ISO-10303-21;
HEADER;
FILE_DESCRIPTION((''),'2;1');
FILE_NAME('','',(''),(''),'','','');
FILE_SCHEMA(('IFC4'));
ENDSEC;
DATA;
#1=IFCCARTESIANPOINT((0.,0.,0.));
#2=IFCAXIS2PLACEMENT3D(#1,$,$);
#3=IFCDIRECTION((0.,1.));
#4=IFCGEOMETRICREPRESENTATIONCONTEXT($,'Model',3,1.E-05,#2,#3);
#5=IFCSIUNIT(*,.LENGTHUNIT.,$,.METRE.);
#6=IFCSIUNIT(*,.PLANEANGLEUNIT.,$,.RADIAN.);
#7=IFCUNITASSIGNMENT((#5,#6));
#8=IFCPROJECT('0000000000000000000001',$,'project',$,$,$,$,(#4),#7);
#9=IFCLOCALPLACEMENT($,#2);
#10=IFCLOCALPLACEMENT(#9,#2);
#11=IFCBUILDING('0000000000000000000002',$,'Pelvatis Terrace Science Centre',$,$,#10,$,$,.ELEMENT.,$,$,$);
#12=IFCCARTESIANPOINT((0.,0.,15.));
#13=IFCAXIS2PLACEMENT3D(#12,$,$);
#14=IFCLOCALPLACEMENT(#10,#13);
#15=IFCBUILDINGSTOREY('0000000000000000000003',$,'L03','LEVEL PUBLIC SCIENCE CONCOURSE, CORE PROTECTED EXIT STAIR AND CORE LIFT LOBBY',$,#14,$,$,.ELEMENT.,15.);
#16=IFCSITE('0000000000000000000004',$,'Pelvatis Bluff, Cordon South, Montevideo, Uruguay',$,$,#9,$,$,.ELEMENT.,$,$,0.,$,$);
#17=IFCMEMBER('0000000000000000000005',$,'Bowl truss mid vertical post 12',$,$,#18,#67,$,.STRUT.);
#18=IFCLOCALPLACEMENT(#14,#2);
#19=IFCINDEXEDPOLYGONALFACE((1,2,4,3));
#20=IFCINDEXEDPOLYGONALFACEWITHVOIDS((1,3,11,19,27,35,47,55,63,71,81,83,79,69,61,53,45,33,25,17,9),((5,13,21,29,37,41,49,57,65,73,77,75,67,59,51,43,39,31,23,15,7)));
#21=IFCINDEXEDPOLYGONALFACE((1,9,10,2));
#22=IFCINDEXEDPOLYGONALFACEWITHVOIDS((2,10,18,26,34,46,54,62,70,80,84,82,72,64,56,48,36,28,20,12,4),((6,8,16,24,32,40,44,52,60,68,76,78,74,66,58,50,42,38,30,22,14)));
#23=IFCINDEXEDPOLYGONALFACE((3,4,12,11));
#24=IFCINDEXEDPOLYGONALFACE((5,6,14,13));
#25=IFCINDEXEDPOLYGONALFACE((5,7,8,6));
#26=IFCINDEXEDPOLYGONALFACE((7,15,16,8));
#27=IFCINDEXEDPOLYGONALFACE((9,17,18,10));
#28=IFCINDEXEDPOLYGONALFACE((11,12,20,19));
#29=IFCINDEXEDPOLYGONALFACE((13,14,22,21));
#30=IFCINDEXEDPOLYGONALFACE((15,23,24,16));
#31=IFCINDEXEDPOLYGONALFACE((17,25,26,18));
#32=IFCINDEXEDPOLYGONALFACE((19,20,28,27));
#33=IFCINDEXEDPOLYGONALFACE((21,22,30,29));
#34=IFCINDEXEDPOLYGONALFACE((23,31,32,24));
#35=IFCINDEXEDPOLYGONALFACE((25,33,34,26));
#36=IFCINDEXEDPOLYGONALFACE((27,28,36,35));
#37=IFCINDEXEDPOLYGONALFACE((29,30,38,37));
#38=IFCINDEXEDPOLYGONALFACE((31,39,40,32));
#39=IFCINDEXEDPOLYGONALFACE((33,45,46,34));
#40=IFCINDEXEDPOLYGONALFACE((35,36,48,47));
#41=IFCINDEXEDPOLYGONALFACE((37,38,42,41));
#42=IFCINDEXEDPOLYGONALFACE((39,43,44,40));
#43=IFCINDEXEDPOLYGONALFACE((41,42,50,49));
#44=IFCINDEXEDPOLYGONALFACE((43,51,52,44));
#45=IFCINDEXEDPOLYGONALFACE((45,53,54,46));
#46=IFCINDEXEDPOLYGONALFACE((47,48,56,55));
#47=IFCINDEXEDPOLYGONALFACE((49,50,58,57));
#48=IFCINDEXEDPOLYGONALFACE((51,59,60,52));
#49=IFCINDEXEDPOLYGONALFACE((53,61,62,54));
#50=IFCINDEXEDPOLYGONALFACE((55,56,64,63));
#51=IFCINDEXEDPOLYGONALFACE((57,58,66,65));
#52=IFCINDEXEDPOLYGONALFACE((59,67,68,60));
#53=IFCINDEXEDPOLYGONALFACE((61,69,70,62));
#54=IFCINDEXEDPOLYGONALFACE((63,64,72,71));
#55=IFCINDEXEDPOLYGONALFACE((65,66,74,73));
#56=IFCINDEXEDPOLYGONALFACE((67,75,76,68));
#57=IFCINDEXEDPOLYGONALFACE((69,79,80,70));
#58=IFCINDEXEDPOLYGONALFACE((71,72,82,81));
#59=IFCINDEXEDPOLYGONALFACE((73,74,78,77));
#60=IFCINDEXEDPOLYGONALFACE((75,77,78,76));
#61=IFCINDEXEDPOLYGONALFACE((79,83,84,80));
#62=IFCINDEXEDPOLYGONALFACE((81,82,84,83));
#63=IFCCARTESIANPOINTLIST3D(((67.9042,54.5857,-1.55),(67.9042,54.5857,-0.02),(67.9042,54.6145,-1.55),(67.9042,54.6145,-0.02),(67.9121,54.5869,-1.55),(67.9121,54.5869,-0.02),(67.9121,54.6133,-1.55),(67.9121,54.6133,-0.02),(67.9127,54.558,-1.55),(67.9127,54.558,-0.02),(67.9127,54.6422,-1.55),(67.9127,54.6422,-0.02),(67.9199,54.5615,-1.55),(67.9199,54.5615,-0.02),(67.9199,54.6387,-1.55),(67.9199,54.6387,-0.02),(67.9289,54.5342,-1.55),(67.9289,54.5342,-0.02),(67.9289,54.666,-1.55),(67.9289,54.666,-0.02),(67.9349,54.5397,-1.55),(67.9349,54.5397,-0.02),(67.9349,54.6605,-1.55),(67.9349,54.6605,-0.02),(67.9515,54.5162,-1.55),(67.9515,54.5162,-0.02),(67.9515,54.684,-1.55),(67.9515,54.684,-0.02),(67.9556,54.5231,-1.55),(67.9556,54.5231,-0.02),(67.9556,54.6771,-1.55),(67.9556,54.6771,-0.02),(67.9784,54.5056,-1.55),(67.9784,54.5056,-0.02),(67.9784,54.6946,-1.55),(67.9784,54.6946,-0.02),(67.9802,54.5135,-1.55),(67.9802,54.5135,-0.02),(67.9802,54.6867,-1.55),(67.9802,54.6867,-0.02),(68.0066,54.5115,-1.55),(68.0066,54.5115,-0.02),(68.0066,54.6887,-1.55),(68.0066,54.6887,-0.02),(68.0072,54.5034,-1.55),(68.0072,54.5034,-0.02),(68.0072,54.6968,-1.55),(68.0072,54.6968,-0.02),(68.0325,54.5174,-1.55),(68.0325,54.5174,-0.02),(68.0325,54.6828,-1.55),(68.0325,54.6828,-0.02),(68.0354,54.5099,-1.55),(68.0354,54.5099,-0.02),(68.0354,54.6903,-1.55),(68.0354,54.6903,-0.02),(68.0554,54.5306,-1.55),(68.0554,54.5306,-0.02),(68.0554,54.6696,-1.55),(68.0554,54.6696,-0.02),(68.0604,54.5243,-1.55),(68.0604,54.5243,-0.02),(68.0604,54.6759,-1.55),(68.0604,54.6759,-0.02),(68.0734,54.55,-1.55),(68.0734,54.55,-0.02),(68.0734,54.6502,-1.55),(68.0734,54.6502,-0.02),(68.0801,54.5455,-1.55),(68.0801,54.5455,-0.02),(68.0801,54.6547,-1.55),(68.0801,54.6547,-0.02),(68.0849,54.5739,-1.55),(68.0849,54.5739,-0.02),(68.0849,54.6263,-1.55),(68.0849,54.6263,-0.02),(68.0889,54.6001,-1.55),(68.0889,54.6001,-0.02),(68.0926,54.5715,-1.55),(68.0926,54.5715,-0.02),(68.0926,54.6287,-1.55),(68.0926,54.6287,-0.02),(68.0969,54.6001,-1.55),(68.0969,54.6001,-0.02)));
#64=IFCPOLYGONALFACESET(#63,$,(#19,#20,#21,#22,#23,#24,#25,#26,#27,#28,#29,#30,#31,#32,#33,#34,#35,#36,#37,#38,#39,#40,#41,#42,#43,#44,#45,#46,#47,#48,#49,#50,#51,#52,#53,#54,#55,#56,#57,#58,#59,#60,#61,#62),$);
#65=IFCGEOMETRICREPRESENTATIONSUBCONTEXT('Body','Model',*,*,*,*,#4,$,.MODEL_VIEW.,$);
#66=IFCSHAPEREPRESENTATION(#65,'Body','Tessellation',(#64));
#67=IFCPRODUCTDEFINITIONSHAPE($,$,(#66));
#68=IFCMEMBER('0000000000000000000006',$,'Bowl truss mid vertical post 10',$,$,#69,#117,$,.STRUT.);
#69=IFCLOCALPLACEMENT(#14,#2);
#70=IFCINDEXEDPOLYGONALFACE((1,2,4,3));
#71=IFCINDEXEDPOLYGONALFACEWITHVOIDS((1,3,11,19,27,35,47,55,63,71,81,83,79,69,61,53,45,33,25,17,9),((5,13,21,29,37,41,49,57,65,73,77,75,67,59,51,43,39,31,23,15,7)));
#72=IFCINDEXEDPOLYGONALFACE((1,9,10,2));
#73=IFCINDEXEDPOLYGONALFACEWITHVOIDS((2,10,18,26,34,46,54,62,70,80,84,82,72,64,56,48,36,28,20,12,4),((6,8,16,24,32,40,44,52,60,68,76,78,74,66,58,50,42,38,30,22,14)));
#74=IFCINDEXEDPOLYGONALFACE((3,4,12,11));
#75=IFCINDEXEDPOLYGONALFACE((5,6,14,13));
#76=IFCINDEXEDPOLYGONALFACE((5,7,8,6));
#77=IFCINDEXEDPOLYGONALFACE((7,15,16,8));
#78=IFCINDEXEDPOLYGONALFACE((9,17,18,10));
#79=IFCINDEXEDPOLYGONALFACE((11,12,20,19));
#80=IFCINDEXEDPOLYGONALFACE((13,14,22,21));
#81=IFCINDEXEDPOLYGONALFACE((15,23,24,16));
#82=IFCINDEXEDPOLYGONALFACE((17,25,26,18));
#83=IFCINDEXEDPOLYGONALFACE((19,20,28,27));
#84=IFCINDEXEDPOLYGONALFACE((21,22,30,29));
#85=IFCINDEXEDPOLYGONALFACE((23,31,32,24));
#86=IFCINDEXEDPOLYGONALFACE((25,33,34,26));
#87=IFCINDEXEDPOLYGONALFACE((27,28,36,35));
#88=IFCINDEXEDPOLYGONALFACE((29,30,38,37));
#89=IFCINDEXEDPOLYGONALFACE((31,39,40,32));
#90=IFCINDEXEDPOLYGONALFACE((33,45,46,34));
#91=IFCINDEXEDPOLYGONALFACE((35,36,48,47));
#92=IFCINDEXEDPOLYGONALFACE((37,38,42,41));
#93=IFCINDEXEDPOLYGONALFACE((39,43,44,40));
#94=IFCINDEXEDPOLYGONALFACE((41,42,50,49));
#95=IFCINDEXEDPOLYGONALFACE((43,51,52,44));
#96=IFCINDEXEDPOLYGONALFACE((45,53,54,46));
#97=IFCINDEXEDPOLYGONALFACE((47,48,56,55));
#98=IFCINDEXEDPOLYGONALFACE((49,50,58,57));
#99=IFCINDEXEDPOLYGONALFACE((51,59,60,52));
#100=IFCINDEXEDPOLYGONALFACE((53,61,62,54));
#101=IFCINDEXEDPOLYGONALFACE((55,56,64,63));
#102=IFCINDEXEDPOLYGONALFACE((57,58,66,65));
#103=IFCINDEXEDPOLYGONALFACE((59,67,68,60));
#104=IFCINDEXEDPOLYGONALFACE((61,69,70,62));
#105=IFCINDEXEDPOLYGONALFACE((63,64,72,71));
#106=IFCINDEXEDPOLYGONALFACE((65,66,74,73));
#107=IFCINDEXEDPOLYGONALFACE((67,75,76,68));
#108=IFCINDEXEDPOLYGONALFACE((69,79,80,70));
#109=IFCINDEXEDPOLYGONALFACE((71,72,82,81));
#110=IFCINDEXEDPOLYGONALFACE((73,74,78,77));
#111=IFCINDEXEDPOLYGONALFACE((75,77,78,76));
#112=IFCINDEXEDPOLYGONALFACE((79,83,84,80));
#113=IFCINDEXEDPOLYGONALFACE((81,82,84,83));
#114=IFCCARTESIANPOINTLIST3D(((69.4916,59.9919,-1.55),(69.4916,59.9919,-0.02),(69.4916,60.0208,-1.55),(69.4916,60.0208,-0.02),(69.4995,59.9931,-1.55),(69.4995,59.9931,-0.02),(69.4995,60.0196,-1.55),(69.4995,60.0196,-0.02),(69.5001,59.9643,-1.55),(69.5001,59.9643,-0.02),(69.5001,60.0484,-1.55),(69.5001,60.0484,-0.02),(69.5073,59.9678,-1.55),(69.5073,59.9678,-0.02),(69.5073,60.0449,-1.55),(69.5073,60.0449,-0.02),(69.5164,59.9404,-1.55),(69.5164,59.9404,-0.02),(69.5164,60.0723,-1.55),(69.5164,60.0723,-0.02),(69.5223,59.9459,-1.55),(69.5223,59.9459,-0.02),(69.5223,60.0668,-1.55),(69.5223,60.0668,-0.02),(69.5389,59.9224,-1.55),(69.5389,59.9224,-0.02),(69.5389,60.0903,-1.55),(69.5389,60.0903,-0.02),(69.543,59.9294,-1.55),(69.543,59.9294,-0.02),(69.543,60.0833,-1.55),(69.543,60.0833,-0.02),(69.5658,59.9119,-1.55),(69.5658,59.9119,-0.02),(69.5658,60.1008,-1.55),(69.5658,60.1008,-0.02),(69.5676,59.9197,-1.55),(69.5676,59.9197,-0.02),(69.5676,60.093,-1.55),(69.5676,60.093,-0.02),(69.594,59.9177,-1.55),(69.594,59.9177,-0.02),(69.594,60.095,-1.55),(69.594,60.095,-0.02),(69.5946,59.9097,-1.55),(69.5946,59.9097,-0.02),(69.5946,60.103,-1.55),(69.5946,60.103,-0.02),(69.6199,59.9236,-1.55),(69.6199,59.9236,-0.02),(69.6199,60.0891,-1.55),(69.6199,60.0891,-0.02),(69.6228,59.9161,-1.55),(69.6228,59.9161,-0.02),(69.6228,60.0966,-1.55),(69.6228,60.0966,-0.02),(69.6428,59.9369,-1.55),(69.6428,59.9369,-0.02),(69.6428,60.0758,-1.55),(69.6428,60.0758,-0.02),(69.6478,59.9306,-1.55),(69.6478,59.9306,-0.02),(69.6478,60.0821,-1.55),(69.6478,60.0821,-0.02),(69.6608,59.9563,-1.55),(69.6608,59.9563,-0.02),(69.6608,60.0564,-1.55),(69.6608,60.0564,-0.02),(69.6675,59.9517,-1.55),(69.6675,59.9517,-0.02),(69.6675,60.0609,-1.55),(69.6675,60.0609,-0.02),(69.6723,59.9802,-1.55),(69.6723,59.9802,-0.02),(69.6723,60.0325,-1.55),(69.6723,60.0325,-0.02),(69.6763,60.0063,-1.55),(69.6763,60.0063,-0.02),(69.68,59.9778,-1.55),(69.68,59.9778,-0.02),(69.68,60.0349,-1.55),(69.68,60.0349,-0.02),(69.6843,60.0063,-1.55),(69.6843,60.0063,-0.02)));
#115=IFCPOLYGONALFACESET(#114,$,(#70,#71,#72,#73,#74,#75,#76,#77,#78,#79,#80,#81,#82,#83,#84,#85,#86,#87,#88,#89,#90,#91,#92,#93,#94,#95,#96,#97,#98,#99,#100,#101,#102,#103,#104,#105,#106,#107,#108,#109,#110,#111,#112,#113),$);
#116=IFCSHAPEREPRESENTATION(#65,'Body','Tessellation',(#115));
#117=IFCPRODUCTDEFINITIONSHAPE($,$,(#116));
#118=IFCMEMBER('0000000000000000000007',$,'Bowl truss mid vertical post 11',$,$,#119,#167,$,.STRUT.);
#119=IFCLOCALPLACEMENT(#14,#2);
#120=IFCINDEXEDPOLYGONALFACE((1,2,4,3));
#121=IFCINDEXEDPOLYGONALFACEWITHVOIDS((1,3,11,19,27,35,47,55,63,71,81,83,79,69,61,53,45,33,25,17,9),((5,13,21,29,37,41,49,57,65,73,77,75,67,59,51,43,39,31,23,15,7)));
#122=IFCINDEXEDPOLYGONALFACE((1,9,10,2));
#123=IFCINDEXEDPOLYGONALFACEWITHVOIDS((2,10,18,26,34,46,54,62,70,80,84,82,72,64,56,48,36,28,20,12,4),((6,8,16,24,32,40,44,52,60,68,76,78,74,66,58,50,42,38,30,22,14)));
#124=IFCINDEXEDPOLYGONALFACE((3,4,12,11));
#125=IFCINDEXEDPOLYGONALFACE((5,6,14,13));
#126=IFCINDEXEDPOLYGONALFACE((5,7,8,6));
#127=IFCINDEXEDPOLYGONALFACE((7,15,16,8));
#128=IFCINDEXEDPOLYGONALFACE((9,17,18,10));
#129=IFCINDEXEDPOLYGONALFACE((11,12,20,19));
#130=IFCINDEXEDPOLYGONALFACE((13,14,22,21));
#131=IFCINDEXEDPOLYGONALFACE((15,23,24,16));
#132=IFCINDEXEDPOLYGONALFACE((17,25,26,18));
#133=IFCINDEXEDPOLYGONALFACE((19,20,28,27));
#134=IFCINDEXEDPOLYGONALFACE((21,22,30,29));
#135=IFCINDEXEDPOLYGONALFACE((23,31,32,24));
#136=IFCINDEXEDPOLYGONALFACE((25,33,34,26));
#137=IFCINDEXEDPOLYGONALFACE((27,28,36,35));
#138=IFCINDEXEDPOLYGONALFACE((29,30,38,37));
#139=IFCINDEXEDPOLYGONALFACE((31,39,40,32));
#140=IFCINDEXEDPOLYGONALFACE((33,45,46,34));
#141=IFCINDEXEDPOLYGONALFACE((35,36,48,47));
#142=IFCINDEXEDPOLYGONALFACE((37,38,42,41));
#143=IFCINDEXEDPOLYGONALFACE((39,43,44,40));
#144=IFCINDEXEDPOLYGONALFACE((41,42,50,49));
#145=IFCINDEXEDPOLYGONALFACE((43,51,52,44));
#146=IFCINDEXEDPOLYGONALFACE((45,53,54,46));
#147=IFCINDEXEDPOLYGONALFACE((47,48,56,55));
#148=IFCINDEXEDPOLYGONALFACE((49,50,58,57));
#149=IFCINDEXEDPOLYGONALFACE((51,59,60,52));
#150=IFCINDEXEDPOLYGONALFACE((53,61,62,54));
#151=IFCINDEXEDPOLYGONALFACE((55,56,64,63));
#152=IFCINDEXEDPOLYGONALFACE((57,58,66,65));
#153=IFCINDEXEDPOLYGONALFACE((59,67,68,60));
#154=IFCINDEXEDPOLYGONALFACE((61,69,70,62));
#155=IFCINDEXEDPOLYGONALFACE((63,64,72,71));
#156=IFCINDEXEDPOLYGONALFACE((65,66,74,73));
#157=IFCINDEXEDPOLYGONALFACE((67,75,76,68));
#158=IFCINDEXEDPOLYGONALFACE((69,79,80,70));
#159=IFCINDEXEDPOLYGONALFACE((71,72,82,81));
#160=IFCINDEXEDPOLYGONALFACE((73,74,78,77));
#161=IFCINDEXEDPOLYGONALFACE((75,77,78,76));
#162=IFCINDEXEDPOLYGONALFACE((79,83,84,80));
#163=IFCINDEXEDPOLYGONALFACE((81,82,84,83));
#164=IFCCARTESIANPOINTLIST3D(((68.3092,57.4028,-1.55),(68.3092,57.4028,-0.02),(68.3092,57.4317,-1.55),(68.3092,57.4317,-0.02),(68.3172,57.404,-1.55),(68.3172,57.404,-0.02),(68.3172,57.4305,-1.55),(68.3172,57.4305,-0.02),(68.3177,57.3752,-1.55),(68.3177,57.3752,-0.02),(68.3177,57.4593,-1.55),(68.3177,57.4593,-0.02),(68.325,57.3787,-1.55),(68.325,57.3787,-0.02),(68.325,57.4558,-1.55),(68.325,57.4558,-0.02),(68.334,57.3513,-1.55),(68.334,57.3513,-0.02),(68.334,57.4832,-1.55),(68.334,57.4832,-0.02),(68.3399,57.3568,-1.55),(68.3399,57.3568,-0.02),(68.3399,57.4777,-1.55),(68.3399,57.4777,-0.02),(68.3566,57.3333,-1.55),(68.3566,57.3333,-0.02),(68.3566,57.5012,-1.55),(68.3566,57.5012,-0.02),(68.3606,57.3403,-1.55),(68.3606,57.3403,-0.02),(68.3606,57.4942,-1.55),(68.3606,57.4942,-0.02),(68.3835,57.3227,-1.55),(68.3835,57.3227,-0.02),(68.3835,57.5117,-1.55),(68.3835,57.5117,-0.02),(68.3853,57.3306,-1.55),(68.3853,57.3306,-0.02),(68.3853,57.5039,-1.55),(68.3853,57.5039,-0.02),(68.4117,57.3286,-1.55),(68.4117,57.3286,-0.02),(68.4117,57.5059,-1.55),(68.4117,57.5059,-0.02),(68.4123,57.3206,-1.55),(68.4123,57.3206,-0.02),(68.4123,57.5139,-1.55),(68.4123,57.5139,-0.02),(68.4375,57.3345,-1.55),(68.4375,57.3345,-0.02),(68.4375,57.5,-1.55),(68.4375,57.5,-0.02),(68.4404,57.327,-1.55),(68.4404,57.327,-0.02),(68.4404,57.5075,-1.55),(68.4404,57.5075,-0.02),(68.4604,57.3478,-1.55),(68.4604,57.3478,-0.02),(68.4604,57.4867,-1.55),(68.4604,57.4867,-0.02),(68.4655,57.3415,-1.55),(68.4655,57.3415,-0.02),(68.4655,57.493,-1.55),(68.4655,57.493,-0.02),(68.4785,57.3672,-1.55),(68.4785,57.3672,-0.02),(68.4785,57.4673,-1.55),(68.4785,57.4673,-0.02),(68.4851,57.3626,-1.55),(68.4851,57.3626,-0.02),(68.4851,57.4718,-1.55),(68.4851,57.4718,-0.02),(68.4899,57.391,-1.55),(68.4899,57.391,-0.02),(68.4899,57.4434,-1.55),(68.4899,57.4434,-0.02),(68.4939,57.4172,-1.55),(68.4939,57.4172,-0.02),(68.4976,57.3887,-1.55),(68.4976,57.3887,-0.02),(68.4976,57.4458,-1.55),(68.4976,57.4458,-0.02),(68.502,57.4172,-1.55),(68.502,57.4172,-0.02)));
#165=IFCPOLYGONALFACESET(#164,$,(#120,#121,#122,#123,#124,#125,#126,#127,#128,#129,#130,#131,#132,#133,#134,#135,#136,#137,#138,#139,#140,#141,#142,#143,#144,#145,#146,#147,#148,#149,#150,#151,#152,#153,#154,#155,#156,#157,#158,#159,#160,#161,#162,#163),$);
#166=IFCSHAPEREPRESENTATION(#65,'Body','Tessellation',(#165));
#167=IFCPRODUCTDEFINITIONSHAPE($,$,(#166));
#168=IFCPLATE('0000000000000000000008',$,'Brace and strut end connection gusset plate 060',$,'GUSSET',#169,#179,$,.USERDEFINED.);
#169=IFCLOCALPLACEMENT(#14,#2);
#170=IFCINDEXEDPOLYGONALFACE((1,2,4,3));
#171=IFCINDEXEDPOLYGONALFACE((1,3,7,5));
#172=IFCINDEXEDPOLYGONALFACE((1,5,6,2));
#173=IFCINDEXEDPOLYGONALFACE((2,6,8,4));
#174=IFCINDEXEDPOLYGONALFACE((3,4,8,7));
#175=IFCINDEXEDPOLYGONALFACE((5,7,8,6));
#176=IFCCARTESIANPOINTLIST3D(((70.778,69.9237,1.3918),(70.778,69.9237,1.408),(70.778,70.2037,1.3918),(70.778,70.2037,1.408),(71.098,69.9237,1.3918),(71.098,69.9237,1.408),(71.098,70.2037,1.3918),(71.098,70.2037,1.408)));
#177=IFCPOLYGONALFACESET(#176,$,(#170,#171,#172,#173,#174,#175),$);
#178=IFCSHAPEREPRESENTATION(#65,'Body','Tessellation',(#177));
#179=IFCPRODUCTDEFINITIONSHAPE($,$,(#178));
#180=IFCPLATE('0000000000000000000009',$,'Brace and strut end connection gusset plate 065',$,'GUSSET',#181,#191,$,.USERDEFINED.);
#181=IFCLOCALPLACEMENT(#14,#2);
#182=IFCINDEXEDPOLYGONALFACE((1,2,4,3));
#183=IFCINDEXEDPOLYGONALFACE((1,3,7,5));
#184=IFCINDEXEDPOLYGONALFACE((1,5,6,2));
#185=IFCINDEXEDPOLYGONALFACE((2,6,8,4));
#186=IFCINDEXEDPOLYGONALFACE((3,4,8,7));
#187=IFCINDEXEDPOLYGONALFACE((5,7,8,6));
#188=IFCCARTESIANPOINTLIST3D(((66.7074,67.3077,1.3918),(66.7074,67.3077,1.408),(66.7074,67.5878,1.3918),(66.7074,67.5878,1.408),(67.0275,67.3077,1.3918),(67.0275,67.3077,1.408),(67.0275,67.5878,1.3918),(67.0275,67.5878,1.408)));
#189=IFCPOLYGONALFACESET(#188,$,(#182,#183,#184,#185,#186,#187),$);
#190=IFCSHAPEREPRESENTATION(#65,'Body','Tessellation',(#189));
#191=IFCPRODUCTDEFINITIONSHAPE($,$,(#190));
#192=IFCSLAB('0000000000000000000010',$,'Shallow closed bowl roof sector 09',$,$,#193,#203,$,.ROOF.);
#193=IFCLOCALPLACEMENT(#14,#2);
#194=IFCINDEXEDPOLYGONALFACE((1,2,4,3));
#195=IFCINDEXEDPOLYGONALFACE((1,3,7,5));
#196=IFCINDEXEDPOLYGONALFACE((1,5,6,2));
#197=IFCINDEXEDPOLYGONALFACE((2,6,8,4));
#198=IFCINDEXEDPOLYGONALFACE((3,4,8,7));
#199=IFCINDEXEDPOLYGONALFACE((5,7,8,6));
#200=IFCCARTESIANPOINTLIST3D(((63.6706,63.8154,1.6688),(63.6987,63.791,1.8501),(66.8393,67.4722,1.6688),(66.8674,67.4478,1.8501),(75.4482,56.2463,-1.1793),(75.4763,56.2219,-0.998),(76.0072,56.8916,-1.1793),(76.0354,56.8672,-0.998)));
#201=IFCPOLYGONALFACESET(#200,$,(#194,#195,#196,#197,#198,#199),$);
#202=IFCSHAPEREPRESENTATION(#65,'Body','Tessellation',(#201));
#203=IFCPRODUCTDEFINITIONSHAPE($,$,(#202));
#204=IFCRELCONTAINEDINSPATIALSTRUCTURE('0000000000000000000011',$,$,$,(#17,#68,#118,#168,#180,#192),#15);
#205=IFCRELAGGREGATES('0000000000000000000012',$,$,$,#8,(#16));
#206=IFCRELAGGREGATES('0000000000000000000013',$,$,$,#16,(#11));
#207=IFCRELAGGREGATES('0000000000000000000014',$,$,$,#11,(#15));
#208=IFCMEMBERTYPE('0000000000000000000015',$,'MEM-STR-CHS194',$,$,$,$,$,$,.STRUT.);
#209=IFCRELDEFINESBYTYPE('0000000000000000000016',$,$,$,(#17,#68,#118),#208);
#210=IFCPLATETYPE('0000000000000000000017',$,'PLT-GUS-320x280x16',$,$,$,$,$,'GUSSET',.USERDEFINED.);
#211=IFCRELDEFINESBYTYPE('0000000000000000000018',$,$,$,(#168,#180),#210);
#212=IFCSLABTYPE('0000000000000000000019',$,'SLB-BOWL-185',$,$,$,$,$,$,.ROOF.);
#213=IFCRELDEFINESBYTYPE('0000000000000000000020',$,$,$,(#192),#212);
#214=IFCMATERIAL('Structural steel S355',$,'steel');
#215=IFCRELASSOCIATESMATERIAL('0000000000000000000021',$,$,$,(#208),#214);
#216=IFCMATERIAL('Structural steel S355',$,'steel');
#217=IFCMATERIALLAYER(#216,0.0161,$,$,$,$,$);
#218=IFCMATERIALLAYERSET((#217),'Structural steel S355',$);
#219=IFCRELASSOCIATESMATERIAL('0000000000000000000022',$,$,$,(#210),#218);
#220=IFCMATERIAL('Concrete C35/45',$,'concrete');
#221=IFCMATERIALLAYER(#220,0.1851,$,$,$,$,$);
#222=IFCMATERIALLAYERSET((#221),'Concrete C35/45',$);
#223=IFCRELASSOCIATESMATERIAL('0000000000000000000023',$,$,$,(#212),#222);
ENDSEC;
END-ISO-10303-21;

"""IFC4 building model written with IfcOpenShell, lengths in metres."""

from ifc_helpers import new_model, si_unit, direction, frame, origin, origin_2d, place, context, subcontext, project, spatial, polyline, rectangle, hollow_circle, outline, extrude, material, layer, layer_set, material_profile, profile_set, type_object, element, save


model = new_model("IFC4")

# Units and contexts
model_context = context("Model", 3, precision=1e-05, world=origin(), true_north=direction((0.0, 1.0)))
body_context = subcontext(model_context, "Body", "Model", "MODEL_VIEW")
ifc_project = project(units=[si_unit("LENGTHUNIT", "METRE"), si_unit("PLANEANGLEUNIT", "RADIAN")], contexts=[model_context])

# Site, building, storey
site_placement = place(None, origin())
site = spatial("IfcSite", under=ifc_project, at=site_placement, Name="Pelvatis Bluff, Cordon South, Montevideo, Uruguay", CompositionType="ELEMENT", RefElevation=0.0)
building_placement = place(site_placement, origin())
building = spatial("IfcBuilding", under=site, at=building_placement, Name="Pelvatis Terrace Science Centre", CompositionType="ELEMENT")
storey_placement = place(building_placement, frame((0.0, 0.0, 15.0)))
storey = spatial("IfcBuildingStorey", under=building, at=storey_placement, Name="L03", Description="LEVEL PUBLIC SCIENCE CONCOURSE, CORE PROTECTED EXIT STAIR AND CORE LIFT LOBBY", CompositionType="ELEMENT", Elevation=15.0)

# Members
ifc_material_1 = material(Name="Structural steel S355", Category="steel")
ifc_material_profile_1 = material_profile(ifc_material_1, hollow_circle(Radius=0.0969, WallThickness=0.0081, at=origin_2d()), Name="CHS 193.7x8.0")
ifc_profile_set_1 = profile_set([ifc_material_profile_1], Name="Structural steel S355")
member_type_1 = type_object("IfcMemberType", Name="MEM-STR-CHS194", PredefinedType="STRUT", material=ifc_profile_set_1)
for number, where, z_axis, x_axis, name in (
    (1, (68.0, 54.6001, -1.55), (0.0, 0.0, 1.0), (1.0, 0.0, 0.0), "Bowl truss mid vertical post 12"),
    (2, (69.5874, 60.0063, -1.55), (0.0, 0.0, 1.0), (1.0, 0.0, 0.0), "Bowl truss mid vertical post 10"),
    (3, (68.405, 57.4172, -1.55), (0.0, 0.0, 1.0), (1.0, 0.0, 0.0), "Bowl truss mid vertical post 11"),
):
    element("IfcMember", number, at=place(storey_placement, frame(where, z_axis=z_axis, x_axis=x_axis)), inside=storey, type_object=member_type_1, Name=name, PredefinedType="STRUT", context=body_context, shape_type="SweptSolid", body=[
        extrude(hollow_circle(Radius=0.0969, WallThickness=0.0081, at=origin_2d()), origin(), (0.0, 0.0, 1.0), 1.53),
    ])

# Plates
ifc_material_2 = material(Name="Structural steel S355", Category="steel")
ifc_layer_1 = layer(ifc_material_2, 0.0161)
ifc_layer_set_1 = layer_set([ifc_layer_1], Name="Structural steel S355")
plate_type = type_object("IfcPlateType", Name="PLT-GUS-320x280x16", ElementType="GUSSET", PredefinedType="USERDEFINED", material=ifc_layer_set_1)
for number, where, z_axis, x_axis, name in (
    (4, (70.938, 70.0637, 1.3918), (0.0, 0.0, 1.0), (1.0, 0.0, 0.0), "Brace and strut end connection gusset plate 060"),
    (5, (66.8674, 67.4478, 1.3918), (0.0, 0.0, 1.0), (1.0, 0.0, 0.0), "Brace and strut end connection gusset plate 065"),
):
    element("IfcPlate", number, at=place(storey_placement, frame(where, z_axis=z_axis, x_axis=x_axis)), inside=storey, type_object=plate_type, Name=name, ObjectType="GUSSET", PredefinedType="USERDEFINED", context=body_context, shape_type="SweptSolid", body=[
        extrude(rectangle(XDim=0.3201, YDim=0.28, at=origin_2d()), origin(), (0.0, 0.0, 1.0), 0.0161),
    ])

# Slab
ifc_material_3 = material(Name="Concrete C35/45", Category="concrete")
ifc_layer_2 = layer(ifc_material_3, 0.1851)
ifc_layer_set_2 = layer_set([ifc_layer_2], Name="Concrete C35/45")
slab_type = type_object("IfcSlabType", Name="SLB-BOWL-185", PredefinedType="ROOF", material=ifc_layer_set_2)
slab_1_placement = place(storey_placement, frame((66.8674, 67.4478, 1.8501), z_axis=(0.152148, -0.131839, 0.979525), x_axis=(-0.654875, -0.755738, 0.000002)))
element("IfcSlab", 6, at=slab_1_placement, inside=storey, type_object=slab_type, Name="Shallow closed bowl roof sector 09", PredefinedType="ROOF", context=body_context, shape_type="SweptSolid", body=[
    extrude(outline(polyline([(0.0, 0.0), (4.8386, 0.0), (2.846, 14.1472), (1.9923, 14.1472), (0.0, 0.0)])), origin(), (0.0, 0.0, -1.0), 0.1851),
])

save(model, "model.ifc")
